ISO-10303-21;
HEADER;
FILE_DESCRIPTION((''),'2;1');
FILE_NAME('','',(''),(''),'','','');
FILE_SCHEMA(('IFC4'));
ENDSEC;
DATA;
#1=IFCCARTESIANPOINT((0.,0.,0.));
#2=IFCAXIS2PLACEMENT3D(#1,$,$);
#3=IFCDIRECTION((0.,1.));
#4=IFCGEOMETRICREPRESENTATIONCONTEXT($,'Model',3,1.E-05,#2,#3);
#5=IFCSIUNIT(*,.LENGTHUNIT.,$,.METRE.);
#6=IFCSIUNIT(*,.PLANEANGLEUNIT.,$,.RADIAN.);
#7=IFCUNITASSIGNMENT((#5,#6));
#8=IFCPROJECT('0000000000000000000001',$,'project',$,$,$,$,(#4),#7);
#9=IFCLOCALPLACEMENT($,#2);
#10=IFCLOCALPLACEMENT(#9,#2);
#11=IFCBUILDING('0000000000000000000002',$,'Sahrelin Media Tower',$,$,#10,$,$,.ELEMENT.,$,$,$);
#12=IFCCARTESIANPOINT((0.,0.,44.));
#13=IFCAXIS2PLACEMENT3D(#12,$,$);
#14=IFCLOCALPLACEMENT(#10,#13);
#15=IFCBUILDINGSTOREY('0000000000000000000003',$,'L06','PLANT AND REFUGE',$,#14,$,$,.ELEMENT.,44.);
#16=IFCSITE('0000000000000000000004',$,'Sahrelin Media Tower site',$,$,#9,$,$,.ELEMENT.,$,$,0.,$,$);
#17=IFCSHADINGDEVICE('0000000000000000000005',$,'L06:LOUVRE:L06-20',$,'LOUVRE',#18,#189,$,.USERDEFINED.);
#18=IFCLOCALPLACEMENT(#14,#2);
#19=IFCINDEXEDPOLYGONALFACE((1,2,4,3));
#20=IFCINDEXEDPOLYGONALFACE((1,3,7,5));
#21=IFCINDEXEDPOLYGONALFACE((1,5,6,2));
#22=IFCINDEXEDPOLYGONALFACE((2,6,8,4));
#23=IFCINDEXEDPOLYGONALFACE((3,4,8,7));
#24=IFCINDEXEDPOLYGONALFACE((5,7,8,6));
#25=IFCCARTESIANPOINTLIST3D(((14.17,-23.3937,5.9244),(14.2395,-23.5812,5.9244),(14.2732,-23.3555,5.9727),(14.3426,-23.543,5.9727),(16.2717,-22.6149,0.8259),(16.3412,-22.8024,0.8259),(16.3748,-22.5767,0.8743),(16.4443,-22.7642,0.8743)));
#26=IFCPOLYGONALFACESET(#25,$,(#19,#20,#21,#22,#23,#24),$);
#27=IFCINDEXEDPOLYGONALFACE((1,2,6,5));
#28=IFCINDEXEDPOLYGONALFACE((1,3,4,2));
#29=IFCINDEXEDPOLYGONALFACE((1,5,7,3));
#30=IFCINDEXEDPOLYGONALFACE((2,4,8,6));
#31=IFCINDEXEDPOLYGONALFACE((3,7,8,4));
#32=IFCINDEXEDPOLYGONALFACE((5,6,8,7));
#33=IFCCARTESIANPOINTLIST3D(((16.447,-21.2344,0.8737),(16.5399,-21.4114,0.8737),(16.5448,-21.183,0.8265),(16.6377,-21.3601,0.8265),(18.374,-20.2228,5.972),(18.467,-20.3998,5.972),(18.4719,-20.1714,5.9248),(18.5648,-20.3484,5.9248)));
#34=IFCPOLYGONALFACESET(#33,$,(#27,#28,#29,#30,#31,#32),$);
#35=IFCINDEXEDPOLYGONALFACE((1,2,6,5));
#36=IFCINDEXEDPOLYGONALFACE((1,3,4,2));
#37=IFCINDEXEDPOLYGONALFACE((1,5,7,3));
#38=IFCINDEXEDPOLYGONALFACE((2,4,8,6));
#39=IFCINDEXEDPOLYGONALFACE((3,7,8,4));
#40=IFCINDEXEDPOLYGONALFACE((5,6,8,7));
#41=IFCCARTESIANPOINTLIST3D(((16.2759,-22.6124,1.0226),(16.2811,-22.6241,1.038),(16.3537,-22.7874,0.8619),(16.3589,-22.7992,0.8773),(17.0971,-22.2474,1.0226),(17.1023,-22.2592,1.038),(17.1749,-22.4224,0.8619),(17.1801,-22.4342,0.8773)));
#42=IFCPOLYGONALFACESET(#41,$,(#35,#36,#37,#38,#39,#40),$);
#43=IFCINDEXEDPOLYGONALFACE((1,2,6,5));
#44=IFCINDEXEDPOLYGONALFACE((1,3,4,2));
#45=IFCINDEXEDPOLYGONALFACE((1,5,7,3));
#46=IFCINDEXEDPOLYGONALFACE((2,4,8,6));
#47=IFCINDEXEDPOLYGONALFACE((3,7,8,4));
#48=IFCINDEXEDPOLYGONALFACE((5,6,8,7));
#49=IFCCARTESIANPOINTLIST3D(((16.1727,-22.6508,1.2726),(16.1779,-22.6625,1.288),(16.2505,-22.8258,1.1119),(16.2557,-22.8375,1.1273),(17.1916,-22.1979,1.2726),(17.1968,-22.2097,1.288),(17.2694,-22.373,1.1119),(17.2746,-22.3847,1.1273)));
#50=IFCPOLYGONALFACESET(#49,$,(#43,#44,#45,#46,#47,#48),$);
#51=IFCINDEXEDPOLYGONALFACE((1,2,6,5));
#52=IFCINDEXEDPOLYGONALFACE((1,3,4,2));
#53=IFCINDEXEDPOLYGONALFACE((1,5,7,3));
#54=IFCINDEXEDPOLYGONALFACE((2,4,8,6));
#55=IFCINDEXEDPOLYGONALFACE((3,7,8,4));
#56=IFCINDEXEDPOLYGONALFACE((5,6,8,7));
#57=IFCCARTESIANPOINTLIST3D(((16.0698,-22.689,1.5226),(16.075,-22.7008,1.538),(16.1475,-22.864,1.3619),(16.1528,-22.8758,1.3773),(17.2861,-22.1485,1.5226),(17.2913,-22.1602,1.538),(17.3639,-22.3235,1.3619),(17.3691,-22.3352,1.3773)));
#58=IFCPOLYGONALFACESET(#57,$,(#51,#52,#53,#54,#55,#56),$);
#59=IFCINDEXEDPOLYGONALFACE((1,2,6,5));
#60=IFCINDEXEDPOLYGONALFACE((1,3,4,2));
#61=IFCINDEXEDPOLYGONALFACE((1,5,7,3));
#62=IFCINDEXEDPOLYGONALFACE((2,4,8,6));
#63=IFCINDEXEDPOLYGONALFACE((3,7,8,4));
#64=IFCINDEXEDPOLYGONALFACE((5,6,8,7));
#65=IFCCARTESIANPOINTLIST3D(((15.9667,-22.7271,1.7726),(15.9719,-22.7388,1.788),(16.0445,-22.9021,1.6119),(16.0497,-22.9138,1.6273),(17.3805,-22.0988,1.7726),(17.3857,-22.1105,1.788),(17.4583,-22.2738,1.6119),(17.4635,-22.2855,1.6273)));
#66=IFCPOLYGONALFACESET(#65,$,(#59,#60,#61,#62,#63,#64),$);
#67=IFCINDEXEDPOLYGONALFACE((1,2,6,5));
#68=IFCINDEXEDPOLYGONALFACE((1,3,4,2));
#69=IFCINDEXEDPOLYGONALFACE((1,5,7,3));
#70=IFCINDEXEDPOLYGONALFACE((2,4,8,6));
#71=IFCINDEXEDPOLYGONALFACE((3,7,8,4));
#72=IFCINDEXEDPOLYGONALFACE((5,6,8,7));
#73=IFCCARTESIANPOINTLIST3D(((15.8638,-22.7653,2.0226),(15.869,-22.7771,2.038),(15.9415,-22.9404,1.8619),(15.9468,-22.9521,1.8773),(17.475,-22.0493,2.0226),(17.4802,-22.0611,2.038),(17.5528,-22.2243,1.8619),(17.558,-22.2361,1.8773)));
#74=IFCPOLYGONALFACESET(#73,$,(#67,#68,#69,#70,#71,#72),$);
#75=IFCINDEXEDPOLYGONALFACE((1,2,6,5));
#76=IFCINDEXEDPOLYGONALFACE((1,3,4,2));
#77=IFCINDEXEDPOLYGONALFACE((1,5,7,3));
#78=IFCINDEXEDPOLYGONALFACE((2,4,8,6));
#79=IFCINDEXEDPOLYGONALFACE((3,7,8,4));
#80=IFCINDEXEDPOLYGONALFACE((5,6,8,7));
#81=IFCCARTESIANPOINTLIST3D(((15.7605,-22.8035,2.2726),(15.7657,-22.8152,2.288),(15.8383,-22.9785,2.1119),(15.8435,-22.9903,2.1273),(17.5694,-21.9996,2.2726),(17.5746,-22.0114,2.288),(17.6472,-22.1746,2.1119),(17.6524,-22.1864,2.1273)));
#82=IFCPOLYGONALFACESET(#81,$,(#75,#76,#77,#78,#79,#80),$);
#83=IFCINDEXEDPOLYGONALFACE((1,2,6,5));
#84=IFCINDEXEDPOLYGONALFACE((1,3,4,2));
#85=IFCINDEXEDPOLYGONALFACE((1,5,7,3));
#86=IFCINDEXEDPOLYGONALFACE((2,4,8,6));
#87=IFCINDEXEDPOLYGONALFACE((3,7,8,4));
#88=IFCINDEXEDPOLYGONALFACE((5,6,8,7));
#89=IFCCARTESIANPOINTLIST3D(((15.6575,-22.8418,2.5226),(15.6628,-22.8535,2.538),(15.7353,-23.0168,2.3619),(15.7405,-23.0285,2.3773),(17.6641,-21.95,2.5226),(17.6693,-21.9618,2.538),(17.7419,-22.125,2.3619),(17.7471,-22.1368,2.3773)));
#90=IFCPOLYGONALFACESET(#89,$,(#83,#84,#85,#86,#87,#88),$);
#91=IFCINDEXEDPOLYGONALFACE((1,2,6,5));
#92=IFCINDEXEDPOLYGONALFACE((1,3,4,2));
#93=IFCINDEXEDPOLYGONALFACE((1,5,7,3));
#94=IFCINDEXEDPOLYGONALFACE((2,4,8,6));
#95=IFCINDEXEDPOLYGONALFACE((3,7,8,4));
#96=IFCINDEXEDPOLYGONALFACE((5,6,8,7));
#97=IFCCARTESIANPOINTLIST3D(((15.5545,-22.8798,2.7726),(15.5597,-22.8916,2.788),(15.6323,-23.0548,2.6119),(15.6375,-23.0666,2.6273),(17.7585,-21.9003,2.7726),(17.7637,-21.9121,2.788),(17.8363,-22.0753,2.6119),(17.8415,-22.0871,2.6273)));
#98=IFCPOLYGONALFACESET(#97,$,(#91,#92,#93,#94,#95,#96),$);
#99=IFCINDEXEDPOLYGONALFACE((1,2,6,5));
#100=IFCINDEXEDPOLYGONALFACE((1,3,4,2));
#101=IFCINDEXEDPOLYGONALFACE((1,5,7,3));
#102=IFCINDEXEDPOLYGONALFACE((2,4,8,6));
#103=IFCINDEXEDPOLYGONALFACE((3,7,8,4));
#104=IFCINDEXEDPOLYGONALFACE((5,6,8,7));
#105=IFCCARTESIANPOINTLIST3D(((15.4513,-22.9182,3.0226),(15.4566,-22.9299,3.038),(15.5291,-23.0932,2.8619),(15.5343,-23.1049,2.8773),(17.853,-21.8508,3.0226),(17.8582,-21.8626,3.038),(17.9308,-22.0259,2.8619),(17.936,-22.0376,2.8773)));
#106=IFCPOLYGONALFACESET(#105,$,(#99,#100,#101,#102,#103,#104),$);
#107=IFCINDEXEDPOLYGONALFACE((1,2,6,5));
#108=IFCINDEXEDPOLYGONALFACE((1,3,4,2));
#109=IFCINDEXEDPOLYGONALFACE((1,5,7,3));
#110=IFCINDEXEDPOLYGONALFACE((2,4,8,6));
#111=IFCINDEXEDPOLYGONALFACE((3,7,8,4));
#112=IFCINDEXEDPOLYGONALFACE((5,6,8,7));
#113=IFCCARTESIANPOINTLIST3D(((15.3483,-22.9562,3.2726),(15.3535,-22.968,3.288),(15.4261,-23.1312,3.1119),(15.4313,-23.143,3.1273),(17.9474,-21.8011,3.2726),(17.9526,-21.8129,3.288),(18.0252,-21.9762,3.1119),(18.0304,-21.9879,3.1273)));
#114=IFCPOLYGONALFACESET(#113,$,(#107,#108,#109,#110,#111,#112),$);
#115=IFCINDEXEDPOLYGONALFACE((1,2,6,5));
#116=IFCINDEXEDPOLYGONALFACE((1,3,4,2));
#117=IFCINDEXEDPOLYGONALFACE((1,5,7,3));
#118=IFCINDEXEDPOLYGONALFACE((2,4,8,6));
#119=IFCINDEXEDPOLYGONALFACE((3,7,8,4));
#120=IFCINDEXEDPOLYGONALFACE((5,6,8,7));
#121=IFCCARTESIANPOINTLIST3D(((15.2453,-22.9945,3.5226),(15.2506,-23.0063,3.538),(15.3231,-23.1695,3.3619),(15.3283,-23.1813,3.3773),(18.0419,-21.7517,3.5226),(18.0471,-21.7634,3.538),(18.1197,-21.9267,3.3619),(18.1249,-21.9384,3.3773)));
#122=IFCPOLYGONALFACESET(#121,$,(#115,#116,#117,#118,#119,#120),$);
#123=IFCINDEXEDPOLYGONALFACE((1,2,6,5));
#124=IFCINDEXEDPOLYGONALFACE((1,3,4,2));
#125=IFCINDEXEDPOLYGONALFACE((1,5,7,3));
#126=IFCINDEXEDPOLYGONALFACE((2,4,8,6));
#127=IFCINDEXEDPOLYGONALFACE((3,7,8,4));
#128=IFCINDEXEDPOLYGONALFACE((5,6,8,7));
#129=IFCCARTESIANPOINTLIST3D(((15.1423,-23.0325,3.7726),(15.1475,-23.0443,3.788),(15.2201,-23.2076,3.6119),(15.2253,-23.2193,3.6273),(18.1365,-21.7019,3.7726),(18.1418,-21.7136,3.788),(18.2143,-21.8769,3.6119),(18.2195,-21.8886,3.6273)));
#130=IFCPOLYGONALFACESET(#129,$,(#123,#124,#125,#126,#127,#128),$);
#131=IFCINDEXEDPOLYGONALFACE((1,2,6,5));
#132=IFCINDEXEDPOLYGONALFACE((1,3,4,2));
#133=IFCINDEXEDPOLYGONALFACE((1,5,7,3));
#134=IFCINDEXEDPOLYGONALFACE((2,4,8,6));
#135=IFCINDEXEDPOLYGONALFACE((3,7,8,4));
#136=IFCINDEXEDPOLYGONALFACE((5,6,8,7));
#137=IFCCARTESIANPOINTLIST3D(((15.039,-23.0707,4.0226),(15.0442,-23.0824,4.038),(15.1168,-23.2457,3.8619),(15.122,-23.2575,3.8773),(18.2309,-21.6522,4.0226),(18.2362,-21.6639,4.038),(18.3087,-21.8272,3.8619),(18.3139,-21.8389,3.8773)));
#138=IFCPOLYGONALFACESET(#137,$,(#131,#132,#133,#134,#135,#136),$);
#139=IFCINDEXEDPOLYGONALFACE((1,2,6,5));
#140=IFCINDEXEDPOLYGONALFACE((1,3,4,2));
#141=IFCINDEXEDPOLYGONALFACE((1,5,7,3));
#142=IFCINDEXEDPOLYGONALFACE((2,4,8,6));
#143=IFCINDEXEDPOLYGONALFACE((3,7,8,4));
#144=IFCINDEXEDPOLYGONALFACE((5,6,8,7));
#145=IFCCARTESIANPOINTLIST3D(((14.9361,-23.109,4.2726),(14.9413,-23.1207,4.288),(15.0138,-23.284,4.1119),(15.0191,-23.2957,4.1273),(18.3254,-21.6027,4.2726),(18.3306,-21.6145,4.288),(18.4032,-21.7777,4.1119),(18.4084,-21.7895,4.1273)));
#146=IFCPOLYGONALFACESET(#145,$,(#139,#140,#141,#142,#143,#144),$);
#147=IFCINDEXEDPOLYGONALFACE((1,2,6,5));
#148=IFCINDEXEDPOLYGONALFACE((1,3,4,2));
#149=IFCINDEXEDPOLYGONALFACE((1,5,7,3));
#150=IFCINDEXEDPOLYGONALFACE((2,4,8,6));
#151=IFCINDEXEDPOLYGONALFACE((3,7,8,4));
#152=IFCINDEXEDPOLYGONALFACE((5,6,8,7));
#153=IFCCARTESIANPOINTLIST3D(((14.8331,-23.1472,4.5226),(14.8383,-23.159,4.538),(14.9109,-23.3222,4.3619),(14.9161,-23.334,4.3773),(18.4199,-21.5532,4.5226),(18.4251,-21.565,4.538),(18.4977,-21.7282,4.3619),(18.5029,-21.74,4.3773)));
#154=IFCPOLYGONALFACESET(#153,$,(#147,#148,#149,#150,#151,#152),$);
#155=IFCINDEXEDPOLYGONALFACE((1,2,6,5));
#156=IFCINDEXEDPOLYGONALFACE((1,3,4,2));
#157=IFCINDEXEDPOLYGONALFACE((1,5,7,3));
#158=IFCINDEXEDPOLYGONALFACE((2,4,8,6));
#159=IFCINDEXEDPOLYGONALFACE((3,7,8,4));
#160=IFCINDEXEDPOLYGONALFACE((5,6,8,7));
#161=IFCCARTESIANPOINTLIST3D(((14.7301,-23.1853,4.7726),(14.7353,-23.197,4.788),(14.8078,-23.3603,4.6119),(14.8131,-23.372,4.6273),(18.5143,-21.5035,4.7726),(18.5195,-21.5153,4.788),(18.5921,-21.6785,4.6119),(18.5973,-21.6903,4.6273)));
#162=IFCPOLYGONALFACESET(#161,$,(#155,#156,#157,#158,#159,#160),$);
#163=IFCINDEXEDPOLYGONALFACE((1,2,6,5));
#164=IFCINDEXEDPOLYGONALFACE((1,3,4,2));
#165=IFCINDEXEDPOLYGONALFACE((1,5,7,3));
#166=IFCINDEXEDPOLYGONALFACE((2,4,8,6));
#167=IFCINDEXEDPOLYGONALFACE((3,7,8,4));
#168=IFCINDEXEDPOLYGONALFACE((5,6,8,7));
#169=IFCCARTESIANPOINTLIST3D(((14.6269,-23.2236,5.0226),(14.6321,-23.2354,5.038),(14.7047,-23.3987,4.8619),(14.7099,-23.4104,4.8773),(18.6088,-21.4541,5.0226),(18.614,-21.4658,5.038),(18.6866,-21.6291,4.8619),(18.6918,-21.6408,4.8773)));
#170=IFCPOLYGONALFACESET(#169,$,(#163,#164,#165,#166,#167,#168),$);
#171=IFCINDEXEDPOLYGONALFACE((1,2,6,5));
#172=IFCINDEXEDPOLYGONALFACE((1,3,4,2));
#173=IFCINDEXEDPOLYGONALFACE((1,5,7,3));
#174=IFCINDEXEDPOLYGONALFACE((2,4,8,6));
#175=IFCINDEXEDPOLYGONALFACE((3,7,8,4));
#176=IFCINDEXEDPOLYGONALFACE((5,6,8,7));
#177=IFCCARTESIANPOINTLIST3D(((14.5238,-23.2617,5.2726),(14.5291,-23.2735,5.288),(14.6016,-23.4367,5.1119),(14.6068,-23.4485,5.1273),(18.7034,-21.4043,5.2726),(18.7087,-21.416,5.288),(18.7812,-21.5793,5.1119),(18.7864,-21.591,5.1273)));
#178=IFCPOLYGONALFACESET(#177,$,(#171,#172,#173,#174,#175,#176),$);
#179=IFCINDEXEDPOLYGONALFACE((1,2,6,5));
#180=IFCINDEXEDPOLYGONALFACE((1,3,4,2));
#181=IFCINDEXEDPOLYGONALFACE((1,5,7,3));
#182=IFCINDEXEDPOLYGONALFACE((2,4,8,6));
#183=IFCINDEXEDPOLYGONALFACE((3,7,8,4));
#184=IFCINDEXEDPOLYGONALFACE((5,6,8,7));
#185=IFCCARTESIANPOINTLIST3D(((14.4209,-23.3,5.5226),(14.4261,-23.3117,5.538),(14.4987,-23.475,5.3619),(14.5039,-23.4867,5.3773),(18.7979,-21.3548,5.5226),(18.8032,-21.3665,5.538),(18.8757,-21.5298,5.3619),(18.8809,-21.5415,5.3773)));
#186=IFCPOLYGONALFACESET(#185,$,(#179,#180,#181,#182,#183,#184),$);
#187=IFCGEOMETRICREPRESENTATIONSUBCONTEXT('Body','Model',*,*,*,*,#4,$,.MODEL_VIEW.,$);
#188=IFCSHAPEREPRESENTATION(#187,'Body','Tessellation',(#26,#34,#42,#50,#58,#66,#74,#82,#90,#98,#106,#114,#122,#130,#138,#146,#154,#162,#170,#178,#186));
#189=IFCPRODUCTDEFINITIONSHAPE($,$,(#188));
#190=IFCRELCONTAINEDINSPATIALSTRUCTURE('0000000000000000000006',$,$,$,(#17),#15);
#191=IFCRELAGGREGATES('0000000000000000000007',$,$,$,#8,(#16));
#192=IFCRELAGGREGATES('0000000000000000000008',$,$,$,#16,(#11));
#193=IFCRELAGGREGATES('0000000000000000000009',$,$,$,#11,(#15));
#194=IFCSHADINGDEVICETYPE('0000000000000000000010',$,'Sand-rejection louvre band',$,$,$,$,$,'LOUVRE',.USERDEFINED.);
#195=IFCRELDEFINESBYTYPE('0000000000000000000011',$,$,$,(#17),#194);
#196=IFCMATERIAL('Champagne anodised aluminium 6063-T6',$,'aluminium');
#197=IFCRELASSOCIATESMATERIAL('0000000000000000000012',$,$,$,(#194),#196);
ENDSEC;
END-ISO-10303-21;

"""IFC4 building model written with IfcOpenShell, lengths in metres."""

from ifc_helpers import new_model, si_unit, direction, frame, origin, origin_2d, place, context, subcontext, project, spatial, rectangle, extrude, material, type_object, element, save


model = new_model("IFC4")

# Units and contexts
model_context = context("Model", 3, precision=1e-05, world=origin(), true_north=direction((0.0, 1.0)))
body_context = subcontext(model_context, "Body", "Model", "MODEL_VIEW")
ifc_project = project(units=[si_unit("LENGTHUNIT", "METRE"), si_unit("PLANEANGLEUNIT", "RADIAN")], contexts=[model_context])

# Site, building, storey
site_placement = place(None, origin())
site = spatial("IfcSite", under=ifc_project, at=site_placement, Name="Sahrelin Media Tower site", CompositionType="ELEMENT", RefElevation=0.0)
building_placement = place(site_placement, origin())
building = spatial("IfcBuilding", under=site, at=building_placement, Name="Sahrelin Media Tower", CompositionType="ELEMENT")
storey_placement = place(building_placement, frame((0.0, 0.0, 44.0)))
storey = spatial("IfcBuildingStorey", under=building, at=storey_placement, Name="L06", Description="PLANT AND REFUGE", CompositionType="ELEMENT", Elevation=44.0)

# Shading device
ifc_material_1 = material(Name="Champagne anodised aluminium 6063-T6", Category="aluminium")
shading_device_type = type_object("IfcShadingDeviceType", Name="Sand-rejection louvre band", ElementType="LOUVRE", PredefinedType="USERDEFINED", material=ifc_material_1)
shading_device_1_placement = place(storey_placement, frame((16.4807, -22.0056, 0.0), z_axis=(0.0, 0.0, 1.0), x_axis=(-0.913824, -0.406111, 0.0)))
element("IfcShadingDevice", 1, at=shading_device_1_placement, inside=storey, type_object=shading_device_type, Name="L06:LOUVRE:L06-20", ObjectType="LOUVRE", PredefinedType="USERDEFINED", context=body_context, shape_type="SweptSolid", body=[
    extrude(rectangle(XDim=0.2, YDim=0.1201, at=origin_2d()), frame((0.3899, 0.5752, 0.8501), z_axis=(0.401634, -0.025469, 0.915446), x_axis=(0.063287, 0.997995, 0.0)), (0.0, 0.0, 1.0), 5.5693),
    extrude(rectangle(XDim=0.2, YDim=0.1201, at=origin_2d()), frame((-0.344, -0.6223, 0.8501), z_axis=(-0.391786, -0.025588, 0.919701), x_axis=(0.065171, -0.997874, 0.0)), (0.0, 0.0, 1.0), 5.5435),
    extrude(rectangle(XDim=0.25, YDim=0.02, at=origin_2d()), frame((0.4336, 0.5735, 0.95), z_axis=(-1.0, 0.0, 0.0), x_axis=(0.0, -0.766044, 0.642788)), (0.0, 0.0, 1.0), 0.8987),
    extrude(rectangle(XDim=0.25, YDim=0.02, at=origin_2d()), frame((0.5435, 0.5667, 1.2), z_axis=(-1.0, 0.0, 0.0), x_axis=(0.0, -0.766044, 0.642788)), (0.0, 0.0, 1.0), 1.115),
    extrude(rectangle(XDim=0.25, YDim=0.02, at=origin_2d()), frame((0.6531, 0.5598, 1.45), z_axis=(-1.0, 0.0, 0.0), x_axis=(0.0, -0.766044, 0.642788)), (0.0, 0.0, 1.0), 1.3311),
    extrude(rectangle(XDim=0.25, YDim=0.02, at=origin_2d()), frame((0.7627, 0.5527, 1.7), z_axis=(-1.0, 0.0, 0.0), x_axis=(0.0, -0.766044, 0.642788)), (0.0, 0.0, 1.0), 1.5471),
    extrude(rectangle(XDim=0.25, YDim=0.02, at=origin_2d()), frame((0.8723, 0.5459, 1.95), z_axis=(-1.0, 0.0, 0.0), x_axis=(0.0, -0.766044, 0.642788)), (0.0, 0.0, 1.0), 1.7632),
    extrude(rectangle(XDim=0.25, YDim=0.02, at=origin_2d()), frame((0.9822, 0.5388, 2.2), z_axis=(-1.0, 0.0, 0.0), x_axis=(0.0, -0.766044, 0.642788)), (0.0, 0.0, 1.0), 1.9795),
    extrude(rectangle(XDim=0.25, YDim=0.02, at=origin_2d()), frame((1.0918, 0.532, 2.45), z_axis=(-1.0, 0.0, 0.0), x_axis=(0.0, -0.766044, 0.642788)), (0.0, 0.0, 1.0), 2.1958),
    extrude(rectangle(XDim=0.25, YDim=0.02, at=origin_2d()), frame((1.2014, 0.5249, 2.7), z_axis=(-1.0, 0.0, 0.0), x_axis=(0.0, -0.766044, 0.642788)), (0.0, 0.0, 1.0), 2.4119),
    extrude(rectangle(XDim=0.25, YDim=0.02, at=origin_2d()), frame((1.3113, 0.5181, 2.95), z_axis=(-1.0, 0.0, 0.0), x_axis=(0.0, -0.766044, 0.642788)), (0.0, 0.0, 1.0), 2.6282),
    extrude(rectangle(XDim=0.25, YDim=0.02, at=origin_2d()), frame((1.4209, 0.511, 3.2), z_axis=(-1.0, 0.0, 0.0), x_axis=(0.0, -0.766044, 0.642788)), (0.0, 0.0, 1.0), 2.8442),
    extrude(rectangle(XDim=0.25, YDim=0.02, at=origin_2d()), frame((1.5305, 0.5042, 3.45), z_axis=(-1.0, 0.0, 0.0), x_axis=(0.0, -0.766044, 0.642788)), (0.0, 0.0, 1.0), 3.0603),
    extrude(rectangle(XDim=0.25, YDim=0.02, at=origin_2d()), frame((1.6401, 0.4971, 3.7), z_axis=(-1.0, 0.0, 0.0), x_axis=(0.0, -0.766044, 0.642788)), (0.0, 0.0, 1.0), 3.2766),
    extrude(rectangle(XDim=0.25, YDim=0.02, at=origin_2d()), frame((1.75, 0.49, 3.95), z_axis=(-1.0, 0.0, 0.0), x_axis=(0.0, -0.766044, 0.642788)), (0.0, 0.0, 1.0), 3.4929),
    extrude(rectangle(XDim=0.25, YDim=0.02, at=origin_2d()), frame((1.8596, 0.4832, 4.2), z_axis=(-1.0, 0.0, 0.0), x_axis=(0.0, -0.766044, 0.642788)), (0.0, 0.0, 1.0), 3.709),
    extrude(rectangle(XDim=0.25, YDim=0.02, at=origin_2d()), frame((1.9692, 0.4763, 4.45), z_axis=(-1.0, 0.0, 0.0), x_axis=(0.0, -0.766044, 0.642788)), (0.0, 0.0, 1.0), 3.925),
    extrude(rectangle(XDim=0.25, YDim=0.02, at=origin_2d()), frame((2.0789, 0.4692, 4.7), z_axis=(-1.0, 0.0, 0.0), x_axis=(0.0, -0.766044, 0.642788)), (0.0, 0.0, 1.0), 4.1411),
    extrude(rectangle(XDim=0.25, YDim=0.02, at=origin_2d()), frame((2.1887, 0.4624, 4.95), z_axis=(-1.0, 0.0, 0.0), x_axis=(0.0, -0.766044, 0.642788)), (0.0, 0.0, 1.0), 4.3574),
    extrude(rectangle(XDim=0.25, YDim=0.02, at=origin_2d()), frame((2.2983, 0.4553, 5.2), z_axis=(-1.0, 0.0, 0.0), x_axis=(0.0, -0.766044, 0.642788)), (0.0, 0.0, 1.0), 4.5737),
    extrude(rectangle(XDim=0.25, YDim=0.02, at=origin_2d()), frame((2.408, 0.4485, 5.45), z_axis=(-1.0, 0.0, 0.0), x_axis=(0.0, -0.766044, 0.642788)), (0.0, 0.0, 1.0), 4.7898),
])

save(model, "model.ifc")
